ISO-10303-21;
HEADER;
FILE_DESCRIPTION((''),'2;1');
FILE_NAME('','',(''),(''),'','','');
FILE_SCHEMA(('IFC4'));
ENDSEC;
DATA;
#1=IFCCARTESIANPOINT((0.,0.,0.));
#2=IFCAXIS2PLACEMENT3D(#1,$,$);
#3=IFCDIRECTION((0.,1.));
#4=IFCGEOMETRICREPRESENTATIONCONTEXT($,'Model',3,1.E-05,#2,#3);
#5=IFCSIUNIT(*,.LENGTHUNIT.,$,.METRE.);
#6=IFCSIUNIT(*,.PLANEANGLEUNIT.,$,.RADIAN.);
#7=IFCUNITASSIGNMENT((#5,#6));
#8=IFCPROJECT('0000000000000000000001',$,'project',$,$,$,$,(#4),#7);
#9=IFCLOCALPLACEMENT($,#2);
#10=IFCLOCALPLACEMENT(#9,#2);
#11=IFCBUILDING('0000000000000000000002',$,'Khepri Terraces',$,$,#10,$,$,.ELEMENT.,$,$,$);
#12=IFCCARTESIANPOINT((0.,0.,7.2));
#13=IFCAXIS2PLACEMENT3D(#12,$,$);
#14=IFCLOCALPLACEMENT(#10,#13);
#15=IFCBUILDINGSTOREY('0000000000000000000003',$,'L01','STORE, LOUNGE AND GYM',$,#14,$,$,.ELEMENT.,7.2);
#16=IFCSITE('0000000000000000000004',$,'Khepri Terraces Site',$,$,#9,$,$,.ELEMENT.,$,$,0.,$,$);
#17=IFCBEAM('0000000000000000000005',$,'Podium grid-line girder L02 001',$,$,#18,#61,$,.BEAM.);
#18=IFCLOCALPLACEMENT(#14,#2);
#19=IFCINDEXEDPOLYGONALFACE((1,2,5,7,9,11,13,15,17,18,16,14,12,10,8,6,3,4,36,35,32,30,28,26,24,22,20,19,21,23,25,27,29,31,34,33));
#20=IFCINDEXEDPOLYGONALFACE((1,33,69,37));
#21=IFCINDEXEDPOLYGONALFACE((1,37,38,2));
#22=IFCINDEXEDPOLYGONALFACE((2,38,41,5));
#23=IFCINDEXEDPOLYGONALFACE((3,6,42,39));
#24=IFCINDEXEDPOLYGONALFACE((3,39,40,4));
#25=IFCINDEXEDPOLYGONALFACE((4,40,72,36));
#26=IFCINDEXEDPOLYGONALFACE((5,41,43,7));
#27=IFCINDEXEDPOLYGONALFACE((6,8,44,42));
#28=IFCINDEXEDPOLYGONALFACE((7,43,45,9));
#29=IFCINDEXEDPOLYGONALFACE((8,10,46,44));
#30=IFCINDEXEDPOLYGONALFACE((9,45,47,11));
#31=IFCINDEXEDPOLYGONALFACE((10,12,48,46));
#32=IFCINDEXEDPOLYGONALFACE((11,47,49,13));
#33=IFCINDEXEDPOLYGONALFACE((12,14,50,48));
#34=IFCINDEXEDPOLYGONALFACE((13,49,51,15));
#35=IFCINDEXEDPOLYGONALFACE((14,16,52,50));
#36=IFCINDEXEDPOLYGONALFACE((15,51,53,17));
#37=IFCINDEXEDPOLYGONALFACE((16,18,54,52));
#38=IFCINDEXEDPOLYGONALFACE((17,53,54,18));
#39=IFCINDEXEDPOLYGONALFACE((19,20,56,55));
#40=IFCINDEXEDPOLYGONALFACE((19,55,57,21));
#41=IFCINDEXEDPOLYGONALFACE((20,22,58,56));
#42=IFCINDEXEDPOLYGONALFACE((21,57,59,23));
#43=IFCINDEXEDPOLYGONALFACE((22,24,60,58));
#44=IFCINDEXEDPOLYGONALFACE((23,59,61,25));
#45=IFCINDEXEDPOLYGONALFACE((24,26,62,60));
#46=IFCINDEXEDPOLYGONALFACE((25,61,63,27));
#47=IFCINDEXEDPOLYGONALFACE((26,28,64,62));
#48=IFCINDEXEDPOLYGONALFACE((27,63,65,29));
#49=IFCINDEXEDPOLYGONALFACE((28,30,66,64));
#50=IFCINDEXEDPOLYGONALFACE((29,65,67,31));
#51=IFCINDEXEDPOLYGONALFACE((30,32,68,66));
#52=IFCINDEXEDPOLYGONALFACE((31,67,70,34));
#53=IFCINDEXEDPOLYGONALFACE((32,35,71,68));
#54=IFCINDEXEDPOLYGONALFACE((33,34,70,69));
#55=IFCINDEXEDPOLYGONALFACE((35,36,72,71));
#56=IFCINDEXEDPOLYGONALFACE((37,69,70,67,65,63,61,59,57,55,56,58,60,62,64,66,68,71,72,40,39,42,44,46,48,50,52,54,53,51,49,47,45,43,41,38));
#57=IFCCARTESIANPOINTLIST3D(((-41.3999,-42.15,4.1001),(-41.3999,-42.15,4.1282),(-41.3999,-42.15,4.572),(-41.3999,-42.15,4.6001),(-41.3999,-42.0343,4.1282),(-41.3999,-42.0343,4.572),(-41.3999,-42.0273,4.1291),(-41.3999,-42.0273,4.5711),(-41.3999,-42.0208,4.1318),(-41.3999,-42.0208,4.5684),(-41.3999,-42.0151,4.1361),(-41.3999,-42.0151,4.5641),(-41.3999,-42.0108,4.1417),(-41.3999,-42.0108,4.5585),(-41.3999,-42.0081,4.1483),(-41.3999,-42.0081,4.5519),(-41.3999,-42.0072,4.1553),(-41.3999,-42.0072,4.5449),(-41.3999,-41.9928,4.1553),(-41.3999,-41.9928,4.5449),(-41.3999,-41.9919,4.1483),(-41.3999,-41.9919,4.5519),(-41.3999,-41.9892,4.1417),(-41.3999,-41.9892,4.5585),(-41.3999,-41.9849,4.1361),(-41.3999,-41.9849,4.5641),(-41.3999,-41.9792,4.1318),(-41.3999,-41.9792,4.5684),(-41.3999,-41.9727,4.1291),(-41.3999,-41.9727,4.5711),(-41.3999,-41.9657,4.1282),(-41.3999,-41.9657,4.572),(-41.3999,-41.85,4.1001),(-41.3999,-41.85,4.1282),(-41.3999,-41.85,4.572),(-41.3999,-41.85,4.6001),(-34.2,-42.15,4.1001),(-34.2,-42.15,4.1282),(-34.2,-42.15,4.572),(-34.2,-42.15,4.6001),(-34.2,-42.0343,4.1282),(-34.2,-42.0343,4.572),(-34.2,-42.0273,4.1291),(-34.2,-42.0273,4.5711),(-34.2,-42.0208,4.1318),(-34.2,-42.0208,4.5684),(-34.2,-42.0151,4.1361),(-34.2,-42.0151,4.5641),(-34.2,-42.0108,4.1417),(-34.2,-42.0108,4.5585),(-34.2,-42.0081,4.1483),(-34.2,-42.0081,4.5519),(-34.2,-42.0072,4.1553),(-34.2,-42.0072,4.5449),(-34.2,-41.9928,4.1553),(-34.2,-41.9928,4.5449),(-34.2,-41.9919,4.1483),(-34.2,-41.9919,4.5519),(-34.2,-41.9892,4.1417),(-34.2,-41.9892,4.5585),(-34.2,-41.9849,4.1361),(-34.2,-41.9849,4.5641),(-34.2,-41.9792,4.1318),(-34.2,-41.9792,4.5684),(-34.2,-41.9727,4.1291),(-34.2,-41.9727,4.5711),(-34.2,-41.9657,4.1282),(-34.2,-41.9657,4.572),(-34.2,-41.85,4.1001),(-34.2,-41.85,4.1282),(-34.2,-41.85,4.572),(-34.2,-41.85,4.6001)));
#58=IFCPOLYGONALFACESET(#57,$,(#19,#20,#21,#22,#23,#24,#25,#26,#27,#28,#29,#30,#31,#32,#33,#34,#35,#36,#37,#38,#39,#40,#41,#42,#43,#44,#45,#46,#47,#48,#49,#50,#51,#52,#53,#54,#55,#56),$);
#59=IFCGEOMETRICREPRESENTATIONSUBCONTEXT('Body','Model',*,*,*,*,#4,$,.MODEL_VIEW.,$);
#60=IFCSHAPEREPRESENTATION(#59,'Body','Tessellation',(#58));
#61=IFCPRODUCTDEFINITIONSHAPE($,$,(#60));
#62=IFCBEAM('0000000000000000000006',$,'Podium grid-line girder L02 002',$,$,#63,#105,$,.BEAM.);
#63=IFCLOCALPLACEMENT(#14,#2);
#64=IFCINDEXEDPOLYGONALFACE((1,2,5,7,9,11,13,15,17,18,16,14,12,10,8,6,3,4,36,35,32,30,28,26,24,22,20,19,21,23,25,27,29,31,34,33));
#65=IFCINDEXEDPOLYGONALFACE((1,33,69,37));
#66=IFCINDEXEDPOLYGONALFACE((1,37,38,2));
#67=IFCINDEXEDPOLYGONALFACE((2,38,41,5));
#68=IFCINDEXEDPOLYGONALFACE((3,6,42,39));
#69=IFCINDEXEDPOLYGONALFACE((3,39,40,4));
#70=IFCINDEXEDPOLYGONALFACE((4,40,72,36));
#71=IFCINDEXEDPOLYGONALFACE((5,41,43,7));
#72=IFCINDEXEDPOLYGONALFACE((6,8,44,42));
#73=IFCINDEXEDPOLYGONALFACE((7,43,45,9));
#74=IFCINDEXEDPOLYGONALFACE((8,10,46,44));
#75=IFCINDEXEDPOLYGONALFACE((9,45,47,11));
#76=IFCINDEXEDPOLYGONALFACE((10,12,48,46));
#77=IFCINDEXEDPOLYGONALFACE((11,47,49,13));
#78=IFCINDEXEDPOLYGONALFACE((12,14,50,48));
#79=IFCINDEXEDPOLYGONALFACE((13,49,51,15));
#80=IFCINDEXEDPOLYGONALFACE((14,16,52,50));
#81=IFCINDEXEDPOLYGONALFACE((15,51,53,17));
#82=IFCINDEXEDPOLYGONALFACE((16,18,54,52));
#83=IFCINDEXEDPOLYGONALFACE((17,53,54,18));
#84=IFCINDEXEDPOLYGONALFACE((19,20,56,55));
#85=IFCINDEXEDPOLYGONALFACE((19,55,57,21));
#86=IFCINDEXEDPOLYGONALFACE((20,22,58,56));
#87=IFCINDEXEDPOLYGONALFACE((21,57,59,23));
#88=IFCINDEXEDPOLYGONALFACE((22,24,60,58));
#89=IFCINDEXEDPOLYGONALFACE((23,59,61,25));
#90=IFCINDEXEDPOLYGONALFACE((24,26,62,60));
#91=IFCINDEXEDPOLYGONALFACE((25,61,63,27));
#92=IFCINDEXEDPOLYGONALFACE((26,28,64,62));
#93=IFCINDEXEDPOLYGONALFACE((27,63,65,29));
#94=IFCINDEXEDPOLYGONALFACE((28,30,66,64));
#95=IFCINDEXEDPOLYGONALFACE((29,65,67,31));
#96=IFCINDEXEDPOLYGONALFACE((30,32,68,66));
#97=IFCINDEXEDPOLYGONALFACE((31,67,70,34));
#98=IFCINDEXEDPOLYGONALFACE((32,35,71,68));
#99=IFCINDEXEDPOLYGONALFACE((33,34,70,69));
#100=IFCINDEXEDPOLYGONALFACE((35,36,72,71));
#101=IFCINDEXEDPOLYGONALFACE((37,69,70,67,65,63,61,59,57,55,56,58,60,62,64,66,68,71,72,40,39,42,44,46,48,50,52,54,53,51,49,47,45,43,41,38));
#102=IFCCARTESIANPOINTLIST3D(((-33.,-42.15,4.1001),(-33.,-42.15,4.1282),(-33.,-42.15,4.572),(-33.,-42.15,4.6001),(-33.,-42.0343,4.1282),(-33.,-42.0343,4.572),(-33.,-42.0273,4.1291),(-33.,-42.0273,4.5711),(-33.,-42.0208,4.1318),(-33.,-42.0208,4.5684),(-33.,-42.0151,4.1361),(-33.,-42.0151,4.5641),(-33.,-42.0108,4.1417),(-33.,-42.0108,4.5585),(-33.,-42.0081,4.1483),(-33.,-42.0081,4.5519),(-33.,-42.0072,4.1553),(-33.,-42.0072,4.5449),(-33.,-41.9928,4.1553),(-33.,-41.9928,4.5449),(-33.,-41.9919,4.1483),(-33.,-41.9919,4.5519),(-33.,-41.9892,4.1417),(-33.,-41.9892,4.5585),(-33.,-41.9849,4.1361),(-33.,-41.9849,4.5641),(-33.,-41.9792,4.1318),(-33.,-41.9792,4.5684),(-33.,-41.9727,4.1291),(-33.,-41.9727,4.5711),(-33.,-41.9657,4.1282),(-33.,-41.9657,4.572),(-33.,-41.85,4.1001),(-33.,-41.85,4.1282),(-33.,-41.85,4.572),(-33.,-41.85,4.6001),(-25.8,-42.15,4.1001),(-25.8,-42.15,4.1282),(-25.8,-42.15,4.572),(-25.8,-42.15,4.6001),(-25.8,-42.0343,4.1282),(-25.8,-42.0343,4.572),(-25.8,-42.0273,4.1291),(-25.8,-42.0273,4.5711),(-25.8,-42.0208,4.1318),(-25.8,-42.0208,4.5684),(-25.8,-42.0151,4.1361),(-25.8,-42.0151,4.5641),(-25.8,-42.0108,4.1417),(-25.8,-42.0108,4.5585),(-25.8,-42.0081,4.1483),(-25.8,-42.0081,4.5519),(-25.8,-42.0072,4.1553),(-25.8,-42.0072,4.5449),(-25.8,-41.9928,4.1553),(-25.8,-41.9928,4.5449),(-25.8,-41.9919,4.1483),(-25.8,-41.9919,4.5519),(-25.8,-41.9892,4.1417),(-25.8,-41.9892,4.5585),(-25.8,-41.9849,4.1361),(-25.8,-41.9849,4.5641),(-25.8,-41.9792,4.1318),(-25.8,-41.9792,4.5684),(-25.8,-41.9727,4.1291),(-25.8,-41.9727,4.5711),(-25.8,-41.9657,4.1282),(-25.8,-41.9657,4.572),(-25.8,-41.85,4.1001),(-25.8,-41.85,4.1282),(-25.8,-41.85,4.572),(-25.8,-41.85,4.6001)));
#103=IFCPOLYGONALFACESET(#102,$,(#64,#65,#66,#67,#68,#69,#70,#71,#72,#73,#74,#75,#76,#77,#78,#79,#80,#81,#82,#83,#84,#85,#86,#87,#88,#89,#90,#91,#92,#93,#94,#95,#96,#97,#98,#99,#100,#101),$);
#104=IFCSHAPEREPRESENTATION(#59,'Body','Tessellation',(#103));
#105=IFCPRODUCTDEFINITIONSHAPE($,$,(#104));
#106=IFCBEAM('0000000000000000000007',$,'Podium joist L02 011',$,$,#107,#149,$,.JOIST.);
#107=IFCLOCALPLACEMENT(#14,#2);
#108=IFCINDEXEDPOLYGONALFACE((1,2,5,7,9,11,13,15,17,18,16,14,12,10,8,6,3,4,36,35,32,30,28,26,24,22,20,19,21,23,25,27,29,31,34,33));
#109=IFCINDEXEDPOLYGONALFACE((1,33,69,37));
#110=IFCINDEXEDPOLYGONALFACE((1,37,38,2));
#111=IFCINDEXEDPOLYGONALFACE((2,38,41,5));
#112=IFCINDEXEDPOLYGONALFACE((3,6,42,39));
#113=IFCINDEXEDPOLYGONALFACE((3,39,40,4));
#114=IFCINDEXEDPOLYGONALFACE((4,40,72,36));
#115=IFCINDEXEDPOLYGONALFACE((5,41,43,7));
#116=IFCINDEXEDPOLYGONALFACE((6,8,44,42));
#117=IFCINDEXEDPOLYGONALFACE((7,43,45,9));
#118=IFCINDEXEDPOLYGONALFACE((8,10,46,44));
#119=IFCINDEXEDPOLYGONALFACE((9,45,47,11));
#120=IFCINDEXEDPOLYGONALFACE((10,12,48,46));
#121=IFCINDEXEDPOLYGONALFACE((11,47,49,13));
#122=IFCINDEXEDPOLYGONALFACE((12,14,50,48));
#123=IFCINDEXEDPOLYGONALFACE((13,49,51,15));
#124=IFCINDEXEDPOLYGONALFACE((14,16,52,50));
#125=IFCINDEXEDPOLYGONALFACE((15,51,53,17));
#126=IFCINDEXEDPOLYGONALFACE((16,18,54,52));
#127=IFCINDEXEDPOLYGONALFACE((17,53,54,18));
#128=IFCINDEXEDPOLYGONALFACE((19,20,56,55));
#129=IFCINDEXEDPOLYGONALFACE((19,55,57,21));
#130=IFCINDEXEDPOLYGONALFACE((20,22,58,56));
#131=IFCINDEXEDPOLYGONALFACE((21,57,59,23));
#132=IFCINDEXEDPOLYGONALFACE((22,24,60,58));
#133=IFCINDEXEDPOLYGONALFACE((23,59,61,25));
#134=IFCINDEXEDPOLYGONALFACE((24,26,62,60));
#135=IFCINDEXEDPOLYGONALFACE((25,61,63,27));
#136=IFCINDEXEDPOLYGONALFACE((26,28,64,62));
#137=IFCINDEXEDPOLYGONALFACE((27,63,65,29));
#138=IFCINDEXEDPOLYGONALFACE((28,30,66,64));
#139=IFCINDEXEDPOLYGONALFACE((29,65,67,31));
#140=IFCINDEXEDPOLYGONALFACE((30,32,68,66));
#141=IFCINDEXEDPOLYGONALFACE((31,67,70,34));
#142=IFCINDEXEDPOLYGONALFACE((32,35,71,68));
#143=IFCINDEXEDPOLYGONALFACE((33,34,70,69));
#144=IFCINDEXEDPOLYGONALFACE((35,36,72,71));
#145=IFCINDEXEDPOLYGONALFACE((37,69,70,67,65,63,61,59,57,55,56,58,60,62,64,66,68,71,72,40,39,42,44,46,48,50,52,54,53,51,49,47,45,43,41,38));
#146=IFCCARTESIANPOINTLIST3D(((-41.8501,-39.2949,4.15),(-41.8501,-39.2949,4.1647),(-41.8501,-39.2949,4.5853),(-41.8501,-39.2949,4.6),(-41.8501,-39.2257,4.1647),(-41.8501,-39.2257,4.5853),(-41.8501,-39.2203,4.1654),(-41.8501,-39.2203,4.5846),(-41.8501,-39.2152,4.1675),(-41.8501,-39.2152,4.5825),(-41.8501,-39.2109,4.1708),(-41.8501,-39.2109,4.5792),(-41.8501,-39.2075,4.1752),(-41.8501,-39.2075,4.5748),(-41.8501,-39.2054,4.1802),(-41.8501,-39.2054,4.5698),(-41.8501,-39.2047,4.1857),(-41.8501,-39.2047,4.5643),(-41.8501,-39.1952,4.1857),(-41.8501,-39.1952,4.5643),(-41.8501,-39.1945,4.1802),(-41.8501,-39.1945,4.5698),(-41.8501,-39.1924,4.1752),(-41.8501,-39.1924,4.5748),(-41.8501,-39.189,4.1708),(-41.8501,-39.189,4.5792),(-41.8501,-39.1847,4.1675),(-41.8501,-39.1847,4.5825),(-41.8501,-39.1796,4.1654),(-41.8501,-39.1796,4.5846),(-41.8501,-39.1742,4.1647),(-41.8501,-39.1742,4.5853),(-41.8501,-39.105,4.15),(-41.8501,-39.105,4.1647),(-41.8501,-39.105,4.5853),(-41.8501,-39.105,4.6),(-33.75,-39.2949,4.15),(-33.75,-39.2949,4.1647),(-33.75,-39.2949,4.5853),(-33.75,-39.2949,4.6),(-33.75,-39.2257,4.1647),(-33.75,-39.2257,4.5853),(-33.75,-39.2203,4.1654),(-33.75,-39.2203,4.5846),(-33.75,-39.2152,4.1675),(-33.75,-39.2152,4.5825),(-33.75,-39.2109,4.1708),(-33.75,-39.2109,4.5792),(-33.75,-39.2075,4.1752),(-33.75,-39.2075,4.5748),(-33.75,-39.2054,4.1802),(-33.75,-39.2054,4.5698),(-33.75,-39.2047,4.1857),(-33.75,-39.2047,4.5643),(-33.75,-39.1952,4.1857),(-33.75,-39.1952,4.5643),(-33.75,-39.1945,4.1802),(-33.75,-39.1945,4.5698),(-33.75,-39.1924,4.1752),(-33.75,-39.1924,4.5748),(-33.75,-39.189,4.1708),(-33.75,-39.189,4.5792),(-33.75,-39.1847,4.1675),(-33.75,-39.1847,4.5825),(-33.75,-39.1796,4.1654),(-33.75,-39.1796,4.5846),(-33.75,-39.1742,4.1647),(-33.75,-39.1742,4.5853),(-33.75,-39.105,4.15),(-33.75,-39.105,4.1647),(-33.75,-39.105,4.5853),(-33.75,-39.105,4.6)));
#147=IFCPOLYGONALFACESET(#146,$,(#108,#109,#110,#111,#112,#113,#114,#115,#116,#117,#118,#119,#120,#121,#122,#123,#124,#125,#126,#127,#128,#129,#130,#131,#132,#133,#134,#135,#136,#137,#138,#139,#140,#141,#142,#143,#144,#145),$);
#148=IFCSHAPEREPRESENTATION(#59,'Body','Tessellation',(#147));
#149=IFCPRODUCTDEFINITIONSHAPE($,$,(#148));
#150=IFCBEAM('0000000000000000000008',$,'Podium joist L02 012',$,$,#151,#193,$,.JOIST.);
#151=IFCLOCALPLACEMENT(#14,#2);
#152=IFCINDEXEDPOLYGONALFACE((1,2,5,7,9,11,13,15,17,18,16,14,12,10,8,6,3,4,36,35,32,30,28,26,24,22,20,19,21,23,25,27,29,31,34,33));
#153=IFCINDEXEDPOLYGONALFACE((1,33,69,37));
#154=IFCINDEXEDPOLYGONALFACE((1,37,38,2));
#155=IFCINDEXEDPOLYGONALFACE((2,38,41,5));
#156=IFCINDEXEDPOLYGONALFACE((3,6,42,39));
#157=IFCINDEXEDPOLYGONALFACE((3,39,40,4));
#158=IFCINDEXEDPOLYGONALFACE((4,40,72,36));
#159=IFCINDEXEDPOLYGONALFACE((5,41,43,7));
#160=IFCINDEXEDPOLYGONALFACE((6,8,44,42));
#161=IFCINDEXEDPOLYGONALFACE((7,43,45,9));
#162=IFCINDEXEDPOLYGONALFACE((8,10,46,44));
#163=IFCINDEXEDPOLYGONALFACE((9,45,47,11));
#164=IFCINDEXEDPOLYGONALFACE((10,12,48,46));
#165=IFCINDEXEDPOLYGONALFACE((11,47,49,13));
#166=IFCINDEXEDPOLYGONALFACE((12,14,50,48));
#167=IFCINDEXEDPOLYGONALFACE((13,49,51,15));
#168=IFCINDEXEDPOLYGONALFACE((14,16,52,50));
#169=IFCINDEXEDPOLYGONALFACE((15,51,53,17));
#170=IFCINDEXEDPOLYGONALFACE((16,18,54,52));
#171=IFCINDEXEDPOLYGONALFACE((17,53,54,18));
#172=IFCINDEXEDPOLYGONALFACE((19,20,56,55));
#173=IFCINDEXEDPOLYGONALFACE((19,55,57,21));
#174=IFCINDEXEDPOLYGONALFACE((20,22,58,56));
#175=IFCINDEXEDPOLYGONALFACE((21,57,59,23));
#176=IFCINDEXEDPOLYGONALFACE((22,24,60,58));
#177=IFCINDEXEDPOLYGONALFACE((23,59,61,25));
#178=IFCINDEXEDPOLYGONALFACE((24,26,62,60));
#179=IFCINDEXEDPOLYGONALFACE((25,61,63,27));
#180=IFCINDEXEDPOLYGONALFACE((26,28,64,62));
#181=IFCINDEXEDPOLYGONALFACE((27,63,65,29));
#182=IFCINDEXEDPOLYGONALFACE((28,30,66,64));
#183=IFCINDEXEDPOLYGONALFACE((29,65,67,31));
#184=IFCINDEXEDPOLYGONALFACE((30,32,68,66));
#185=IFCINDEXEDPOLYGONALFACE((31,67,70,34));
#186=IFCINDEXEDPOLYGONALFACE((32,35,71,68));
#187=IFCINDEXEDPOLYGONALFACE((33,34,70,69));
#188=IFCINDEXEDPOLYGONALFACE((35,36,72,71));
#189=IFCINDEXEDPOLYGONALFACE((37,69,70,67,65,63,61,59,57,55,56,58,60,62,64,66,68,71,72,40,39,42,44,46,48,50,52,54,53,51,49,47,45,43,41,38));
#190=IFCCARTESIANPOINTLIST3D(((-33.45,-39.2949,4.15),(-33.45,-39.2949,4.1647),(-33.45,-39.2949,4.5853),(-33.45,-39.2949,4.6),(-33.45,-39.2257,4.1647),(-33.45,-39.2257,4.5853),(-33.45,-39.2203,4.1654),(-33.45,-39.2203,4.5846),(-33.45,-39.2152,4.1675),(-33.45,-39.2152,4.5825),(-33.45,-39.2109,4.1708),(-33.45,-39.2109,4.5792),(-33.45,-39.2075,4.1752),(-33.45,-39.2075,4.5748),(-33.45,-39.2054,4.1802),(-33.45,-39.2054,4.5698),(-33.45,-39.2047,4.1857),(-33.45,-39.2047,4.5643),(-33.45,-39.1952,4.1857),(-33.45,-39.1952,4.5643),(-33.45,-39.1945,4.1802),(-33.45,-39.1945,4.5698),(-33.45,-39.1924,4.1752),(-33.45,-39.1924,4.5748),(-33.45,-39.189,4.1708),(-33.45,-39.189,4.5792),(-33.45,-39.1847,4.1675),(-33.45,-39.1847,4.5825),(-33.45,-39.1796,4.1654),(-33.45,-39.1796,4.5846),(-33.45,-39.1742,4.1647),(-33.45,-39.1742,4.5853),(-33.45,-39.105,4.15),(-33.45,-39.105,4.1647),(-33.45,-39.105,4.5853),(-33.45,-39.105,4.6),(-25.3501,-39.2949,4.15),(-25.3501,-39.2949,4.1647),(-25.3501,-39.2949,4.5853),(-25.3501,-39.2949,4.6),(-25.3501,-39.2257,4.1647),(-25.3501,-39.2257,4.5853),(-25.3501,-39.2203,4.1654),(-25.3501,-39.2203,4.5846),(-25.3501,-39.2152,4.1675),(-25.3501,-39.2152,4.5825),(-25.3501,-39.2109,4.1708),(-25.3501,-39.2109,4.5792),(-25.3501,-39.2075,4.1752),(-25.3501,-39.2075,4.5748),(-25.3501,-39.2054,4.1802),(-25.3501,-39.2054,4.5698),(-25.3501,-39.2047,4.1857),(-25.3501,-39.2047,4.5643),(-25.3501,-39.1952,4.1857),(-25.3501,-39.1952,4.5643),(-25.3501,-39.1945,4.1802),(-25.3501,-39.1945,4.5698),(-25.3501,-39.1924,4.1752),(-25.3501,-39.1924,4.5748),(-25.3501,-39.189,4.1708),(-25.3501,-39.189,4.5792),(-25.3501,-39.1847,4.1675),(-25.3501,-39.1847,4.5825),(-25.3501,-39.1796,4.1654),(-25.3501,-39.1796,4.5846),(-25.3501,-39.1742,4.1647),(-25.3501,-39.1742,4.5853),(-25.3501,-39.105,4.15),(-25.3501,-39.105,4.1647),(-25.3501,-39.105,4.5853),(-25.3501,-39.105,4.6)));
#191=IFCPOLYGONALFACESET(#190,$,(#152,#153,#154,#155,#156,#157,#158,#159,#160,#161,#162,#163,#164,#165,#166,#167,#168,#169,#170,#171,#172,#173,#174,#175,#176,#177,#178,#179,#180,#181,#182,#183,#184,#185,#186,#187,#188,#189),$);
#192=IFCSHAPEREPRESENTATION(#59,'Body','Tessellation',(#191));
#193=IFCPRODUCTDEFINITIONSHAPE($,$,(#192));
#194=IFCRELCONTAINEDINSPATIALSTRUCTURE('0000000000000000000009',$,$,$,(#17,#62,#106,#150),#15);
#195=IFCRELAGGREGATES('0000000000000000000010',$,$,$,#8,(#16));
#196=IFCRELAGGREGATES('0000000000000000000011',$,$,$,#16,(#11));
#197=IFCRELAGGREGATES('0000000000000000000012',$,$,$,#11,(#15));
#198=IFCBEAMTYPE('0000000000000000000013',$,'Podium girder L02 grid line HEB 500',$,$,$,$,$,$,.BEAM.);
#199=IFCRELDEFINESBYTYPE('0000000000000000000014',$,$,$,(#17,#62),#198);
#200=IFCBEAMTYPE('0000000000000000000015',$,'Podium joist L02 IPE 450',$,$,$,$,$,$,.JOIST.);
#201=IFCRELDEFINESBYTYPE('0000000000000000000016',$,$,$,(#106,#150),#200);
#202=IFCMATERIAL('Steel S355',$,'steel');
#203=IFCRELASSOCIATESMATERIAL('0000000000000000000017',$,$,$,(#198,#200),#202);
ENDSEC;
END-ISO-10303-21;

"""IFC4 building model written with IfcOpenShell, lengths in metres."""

from ifc_helpers import new_model, si_unit, direction, frame, origin, origin_2d, place, context, subcontext, project, spatial, i_section, extrude, material, material_profile, profile_set, type_object, element, save


model = new_model("IFC4")

# Units and contexts
model_context = context("Model", 3, precision=1e-05, world=origin(), true_north=direction((0.0, 1.0)))
body_context = subcontext(model_context, "Body", "Model", "MODEL_VIEW")
ifc_project = project(units=[si_unit("LENGTHUNIT", "METRE"), si_unit("PLANEANGLEUNIT", "RADIAN")], contexts=[model_context])

# Site, building, storey
site_placement = place(None, origin())
site = spatial("IfcSite", under=ifc_project, at=site_placement, Name="Khepri Terraces Site", CompositionType="ELEMENT", RefElevation=0.0)
building_placement = place(site_placement, origin())
building = spatial("IfcBuilding", under=site, at=building_placement, Name="Khepri Terraces", CompositionType="ELEMENT")
storey_placement = place(building_placement, frame((0.0, 0.0, 7.2)))
storey = spatial("IfcBuildingStorey", under=building, at=storey_placement, Name="L01", Description="STORE, LOUNGE AND GYM", CompositionType="ELEMENT", Elevation=7.2)

# Beams
ifc_material_1 = material(Name="Steel S355", Category="steel")
ifc_material_profile_1 = material_profile(ifc_material_1, i_section(OverallWidth=0.3, OverallDepth=0.5, WebThickness=0.0144, FlangeThickness=0.0281, FilletRadius=0.0271, at=origin_2d()), Name="Steel S355", Category="steel")
ifc_profile_set_1 = profile_set([ifc_material_profile_1], Name="Steel S355")
beam_type_1 = type_object("IfcBeamType", Name="Podium girder L02 grid line HEB 500", PredefinedType="BEAM", material=ifc_profile_set_1)
for number, where, z_axis, x_axis, name in (
    (1, (-41.3999, -42.0, 4.3501), (1.0, 0.0, 0.0), (0.0, 1.0, 0.0), "Podium grid-line girder L02 001"),
    (2, (-33.0, -42.0, 4.3501), (1.0, 0.0, 0.0), (0.0, 1.0, 0.0), "Podium grid-line girder L02 002"),
):
    element("IfcBeam", number, at=place(storey_placement, frame(where, z_axis=z_axis, x_axis=x_axis)), inside=storey, type_object=beam_type_1, Name=name, PredefinedType="BEAM", context=body_context, shape_type="SweptSolid", body=[
        extrude(i_section(OverallWidth=0.3, OverallDepth=0.5, WebThickness=0.0144, FlangeThickness=0.0281, FilletRadius=0.0271, at=origin_2d()), origin(), (0.0, 0.0, 1.0), 7.2),
    ])
ifc_material_profile_2 = material_profile(ifc_material_1, i_section(OverallWidth=0.1899, OverallDepth=0.45, WebThickness=0.0095, FlangeThickness=0.0146, FilletRadius=0.021, at=origin_2d()), Name="Steel S355", Category="steel")
ifc_profile_set_2 = profile_set([ifc_material_profile_2], Name="Steel S355")
beam_type_2 = type_object("IfcBeamType", Name="Podium joist L02 IPE 450", PredefinedType="JOIST", material=ifc_profile_set_2)
beam_1_placement = place(storey_placement, frame((-41.8501, -39.2, 4.375), z_axis=(1.0, 0.0, 0.0), x_axis=(0.0, 1.0, 0.0)))
element("IfcBeam", 3, at=beam_1_placement, inside=storey, type_object=beam_type_2, Name="Podium joist L02 011", PredefinedType="JOIST", context=body_context, shape_type="SweptSolid", body=[
    extrude(i_section(OverallWidth=0.1899, OverallDepth=0.45, WebThickness=0.0095, FlangeThickness=0.0146, FilletRadius=0.021, at=origin_2d()), origin(), (0.0, 0.0, 1.0), 8.1001),
])
beam_2_placement = place(storey_placement, frame((-33.45, -39.2, 4.375), z_axis=(1.0, 0.0, 0.0), x_axis=(0.0, 1.0, 0.0)))
element("IfcBeam", 4, at=beam_2_placement, inside=storey, type_object=beam_type_2, Name="Podium joist L02 012", PredefinedType="JOIST", context=body_context, shape_type="SweptSolid", body=[
    extrude(i_section(OverallWidth=0.1899, OverallDepth=0.45, WebThickness=0.0095, FlangeThickness=0.0146, FilletRadius=0.021, at=origin_2d()), origin(), (0.0, 0.0, 1.0), 8.0999),
])

save(model, "model.ifc")
